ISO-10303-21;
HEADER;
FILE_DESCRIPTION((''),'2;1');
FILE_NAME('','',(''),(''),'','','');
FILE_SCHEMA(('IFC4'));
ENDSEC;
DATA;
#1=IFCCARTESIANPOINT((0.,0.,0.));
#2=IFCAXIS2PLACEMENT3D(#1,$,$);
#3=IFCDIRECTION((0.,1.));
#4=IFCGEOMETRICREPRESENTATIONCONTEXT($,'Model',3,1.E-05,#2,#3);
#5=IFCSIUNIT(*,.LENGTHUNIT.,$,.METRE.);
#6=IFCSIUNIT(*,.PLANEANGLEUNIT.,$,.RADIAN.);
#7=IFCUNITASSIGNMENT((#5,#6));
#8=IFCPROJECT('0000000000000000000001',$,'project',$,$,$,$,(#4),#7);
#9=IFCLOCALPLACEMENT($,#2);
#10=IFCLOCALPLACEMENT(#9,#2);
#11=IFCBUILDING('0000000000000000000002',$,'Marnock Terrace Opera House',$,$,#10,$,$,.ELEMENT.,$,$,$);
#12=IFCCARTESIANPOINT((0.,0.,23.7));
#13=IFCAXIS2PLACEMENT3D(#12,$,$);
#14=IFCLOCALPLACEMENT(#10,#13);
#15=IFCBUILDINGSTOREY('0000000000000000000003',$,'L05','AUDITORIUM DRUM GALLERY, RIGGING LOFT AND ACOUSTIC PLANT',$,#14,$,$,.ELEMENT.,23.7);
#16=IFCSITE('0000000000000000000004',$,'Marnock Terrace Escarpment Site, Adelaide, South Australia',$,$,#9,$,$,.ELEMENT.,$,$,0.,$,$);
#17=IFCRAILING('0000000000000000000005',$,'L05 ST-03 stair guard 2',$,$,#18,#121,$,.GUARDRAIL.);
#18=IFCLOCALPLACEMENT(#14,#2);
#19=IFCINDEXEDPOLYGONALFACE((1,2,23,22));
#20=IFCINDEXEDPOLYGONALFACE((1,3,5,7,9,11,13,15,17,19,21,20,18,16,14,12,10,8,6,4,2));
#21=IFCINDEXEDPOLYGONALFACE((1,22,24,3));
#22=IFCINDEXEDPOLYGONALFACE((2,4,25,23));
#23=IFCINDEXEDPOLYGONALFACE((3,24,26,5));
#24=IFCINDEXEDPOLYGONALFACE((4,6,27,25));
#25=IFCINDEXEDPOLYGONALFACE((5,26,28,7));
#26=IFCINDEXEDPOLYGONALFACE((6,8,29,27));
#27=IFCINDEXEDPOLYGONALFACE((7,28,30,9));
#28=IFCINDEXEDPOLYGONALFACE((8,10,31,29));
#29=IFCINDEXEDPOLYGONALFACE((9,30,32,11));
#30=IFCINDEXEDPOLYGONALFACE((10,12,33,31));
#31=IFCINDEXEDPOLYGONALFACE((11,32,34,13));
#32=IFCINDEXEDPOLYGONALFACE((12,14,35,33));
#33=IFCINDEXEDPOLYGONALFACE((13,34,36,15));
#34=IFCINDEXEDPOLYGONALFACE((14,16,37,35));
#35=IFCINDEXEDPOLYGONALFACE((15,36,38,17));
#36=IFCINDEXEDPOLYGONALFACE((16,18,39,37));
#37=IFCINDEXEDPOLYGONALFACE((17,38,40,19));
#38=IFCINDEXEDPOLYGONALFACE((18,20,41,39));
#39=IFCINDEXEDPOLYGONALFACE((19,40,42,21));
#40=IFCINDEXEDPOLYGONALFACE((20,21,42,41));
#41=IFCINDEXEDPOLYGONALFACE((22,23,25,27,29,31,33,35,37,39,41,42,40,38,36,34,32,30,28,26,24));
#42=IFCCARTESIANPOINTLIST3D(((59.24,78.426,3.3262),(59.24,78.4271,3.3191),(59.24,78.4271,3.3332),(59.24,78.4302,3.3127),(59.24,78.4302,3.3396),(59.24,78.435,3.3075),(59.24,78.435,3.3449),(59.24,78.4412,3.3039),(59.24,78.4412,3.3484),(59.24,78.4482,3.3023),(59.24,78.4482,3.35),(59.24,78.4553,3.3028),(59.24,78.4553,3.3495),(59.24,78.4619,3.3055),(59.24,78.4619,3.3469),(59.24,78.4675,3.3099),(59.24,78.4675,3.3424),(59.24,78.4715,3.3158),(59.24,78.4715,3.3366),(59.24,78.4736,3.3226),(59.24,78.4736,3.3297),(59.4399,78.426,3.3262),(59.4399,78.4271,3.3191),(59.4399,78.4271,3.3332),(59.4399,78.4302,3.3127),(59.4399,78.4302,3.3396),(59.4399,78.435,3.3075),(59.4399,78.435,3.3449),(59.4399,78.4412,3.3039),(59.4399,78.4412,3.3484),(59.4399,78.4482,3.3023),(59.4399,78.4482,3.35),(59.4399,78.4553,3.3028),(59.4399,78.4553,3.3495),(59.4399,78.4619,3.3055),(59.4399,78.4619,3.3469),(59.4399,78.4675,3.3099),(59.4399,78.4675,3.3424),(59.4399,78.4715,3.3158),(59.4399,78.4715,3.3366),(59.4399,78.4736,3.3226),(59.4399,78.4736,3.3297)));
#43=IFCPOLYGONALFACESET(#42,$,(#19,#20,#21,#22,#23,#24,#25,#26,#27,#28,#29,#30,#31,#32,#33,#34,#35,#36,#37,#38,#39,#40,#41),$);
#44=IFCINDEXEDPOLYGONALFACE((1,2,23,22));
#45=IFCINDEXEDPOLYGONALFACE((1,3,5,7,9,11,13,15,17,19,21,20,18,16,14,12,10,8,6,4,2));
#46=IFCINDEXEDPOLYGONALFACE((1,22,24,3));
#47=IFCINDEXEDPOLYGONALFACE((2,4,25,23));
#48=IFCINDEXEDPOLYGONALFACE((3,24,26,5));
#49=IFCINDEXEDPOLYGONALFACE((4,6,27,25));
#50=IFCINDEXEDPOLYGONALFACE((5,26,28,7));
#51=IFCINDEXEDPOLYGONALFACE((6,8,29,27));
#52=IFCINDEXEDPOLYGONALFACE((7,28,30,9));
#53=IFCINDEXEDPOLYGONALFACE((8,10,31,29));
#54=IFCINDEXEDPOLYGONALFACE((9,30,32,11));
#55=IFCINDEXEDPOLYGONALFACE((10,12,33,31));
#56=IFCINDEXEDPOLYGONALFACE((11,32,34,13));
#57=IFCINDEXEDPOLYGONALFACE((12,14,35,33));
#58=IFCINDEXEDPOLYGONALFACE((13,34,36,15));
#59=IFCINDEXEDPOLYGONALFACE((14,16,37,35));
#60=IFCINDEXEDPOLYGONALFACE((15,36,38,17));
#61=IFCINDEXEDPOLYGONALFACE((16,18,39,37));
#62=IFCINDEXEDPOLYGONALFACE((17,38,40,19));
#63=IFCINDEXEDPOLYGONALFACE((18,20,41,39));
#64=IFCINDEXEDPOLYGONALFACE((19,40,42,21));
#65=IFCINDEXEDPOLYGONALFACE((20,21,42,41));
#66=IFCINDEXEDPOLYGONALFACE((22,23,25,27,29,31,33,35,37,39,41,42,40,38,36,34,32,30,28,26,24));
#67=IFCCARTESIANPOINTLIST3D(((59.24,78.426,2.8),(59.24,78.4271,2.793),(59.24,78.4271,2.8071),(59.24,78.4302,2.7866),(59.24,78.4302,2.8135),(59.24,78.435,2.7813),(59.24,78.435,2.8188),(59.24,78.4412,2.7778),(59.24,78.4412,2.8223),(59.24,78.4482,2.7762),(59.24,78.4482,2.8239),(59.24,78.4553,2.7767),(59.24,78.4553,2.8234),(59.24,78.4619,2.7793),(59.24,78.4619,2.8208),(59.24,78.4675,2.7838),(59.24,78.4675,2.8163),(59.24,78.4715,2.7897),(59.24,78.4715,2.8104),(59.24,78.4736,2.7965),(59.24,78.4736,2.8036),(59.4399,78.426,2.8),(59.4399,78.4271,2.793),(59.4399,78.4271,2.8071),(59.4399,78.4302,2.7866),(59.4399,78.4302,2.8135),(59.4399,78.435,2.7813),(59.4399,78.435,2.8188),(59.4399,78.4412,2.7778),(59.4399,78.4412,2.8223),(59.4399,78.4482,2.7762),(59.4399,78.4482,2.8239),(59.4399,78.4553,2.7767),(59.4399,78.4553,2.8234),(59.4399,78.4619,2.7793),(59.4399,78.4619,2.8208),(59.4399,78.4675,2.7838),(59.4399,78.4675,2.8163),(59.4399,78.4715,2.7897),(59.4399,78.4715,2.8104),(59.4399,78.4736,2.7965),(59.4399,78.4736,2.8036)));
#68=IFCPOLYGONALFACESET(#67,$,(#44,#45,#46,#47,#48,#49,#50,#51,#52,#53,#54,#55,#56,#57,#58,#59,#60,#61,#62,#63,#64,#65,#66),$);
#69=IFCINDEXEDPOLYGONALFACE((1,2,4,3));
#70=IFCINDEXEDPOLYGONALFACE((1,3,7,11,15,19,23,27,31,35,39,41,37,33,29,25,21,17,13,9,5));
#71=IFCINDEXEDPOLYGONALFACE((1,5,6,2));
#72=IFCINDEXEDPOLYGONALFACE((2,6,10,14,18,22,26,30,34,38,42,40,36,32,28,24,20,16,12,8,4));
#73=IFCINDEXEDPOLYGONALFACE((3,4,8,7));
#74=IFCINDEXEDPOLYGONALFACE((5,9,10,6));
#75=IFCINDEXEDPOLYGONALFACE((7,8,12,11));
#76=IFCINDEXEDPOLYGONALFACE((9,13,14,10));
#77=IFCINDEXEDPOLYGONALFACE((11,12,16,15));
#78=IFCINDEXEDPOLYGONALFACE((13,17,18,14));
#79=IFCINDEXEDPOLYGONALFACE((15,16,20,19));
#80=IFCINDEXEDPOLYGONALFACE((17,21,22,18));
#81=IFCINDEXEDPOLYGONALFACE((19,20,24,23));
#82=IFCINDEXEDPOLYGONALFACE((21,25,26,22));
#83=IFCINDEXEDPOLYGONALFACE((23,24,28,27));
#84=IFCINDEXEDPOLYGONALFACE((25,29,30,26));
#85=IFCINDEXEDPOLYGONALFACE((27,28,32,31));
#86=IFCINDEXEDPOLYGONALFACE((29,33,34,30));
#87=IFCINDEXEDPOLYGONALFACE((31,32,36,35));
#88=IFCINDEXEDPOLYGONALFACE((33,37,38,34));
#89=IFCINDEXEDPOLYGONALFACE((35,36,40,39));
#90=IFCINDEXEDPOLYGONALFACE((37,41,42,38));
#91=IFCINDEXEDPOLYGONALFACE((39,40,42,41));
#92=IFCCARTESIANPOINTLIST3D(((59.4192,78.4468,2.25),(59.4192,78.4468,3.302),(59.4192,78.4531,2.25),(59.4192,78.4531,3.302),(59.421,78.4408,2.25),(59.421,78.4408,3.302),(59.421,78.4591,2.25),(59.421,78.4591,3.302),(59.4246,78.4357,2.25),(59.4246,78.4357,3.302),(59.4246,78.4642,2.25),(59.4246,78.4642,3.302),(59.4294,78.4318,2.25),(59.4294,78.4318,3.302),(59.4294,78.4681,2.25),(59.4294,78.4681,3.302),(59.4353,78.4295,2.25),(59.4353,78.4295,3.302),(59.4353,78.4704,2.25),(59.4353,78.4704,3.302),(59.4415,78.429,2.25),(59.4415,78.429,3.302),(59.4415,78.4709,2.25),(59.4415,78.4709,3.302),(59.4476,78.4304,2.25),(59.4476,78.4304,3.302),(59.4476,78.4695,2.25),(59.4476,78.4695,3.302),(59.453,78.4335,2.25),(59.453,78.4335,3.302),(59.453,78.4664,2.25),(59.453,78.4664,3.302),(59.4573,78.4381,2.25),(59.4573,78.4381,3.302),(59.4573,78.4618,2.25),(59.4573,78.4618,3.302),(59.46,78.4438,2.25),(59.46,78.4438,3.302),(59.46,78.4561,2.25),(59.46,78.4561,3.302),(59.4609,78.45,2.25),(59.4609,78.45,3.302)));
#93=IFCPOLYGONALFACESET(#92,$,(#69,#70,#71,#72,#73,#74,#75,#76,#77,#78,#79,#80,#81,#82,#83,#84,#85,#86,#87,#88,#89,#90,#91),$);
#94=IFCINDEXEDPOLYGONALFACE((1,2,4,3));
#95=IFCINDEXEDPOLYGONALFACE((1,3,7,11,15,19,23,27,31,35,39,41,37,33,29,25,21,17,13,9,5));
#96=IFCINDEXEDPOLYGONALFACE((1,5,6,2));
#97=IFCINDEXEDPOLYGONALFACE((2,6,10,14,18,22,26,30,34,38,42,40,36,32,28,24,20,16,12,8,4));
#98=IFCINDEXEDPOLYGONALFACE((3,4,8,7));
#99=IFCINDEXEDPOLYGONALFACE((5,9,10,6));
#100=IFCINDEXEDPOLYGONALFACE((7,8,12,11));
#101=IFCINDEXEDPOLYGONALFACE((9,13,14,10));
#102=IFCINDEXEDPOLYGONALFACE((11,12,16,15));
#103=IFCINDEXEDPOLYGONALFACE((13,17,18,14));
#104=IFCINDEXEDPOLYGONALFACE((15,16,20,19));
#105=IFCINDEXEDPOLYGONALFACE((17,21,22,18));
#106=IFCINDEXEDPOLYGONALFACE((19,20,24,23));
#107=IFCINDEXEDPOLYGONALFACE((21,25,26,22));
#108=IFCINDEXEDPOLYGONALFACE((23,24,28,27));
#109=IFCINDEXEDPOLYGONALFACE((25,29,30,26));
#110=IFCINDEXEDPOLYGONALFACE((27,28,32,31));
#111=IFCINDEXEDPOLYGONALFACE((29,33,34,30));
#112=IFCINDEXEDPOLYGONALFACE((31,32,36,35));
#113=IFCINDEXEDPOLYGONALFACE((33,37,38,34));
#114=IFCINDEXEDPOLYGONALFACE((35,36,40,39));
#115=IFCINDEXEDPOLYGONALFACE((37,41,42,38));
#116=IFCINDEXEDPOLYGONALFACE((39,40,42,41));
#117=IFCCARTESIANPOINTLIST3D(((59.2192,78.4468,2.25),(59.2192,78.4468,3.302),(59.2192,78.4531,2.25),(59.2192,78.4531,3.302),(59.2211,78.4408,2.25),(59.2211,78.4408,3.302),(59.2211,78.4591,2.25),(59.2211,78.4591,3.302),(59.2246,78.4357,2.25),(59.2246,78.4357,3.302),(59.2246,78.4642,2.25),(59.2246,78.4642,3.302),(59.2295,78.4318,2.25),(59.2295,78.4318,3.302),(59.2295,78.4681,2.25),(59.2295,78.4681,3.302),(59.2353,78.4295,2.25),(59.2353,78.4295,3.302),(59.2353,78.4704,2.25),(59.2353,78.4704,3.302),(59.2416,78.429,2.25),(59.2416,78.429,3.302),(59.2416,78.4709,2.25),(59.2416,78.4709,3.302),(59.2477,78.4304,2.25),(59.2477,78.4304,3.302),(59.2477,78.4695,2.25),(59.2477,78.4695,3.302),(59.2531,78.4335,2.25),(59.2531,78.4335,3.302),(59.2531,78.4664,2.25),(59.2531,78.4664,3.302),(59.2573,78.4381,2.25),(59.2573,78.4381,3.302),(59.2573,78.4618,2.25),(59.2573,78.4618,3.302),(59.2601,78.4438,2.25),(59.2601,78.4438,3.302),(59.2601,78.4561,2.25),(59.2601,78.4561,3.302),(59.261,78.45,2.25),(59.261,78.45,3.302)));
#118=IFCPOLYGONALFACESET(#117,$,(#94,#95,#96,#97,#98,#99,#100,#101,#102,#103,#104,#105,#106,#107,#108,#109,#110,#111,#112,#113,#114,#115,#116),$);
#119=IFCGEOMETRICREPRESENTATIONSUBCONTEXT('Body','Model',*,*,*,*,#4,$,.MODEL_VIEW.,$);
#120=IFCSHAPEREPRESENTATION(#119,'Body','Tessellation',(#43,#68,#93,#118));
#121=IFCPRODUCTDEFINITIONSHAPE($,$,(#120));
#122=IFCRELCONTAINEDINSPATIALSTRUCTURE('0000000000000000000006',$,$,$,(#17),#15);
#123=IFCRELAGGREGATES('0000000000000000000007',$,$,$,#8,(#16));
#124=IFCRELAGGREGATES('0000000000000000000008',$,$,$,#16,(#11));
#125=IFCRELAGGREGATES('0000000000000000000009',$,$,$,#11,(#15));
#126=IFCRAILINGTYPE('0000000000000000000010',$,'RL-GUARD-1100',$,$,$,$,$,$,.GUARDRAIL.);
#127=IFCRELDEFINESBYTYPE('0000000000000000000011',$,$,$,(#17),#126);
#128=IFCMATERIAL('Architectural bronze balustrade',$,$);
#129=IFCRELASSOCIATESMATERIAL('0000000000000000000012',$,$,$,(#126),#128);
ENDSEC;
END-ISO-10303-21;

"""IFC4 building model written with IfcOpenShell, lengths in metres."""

from ifc_helpers import new_model, si_unit, direction, frame, origin, origin_2d, place, context, subcontext, project, spatial, circle, extrude, material, type_object, element, save


model = new_model("IFC4")

# Units and contexts
model_context = context("Model", 3, precision=1e-05, world=origin(), true_north=direction((0.0, 1.0)))
body_context = subcontext(model_context, "Body", "Model", "MODEL_VIEW")
ifc_project = project(units=[si_unit("LENGTHUNIT", "METRE"), si_unit("PLANEANGLEUNIT", "RADIAN")], contexts=[model_context])

# Site, building, storey
site_placement = place(None, origin())
site = spatial("IfcSite", under=ifc_project, at=site_placement, Name="Marnock Terrace Escarpment Site, Adelaide, South Australia", CompositionType="ELEMENT", RefElevation=0.0)
building_placement = place(site_placement, origin())
building = spatial("IfcBuilding", under=site, at=building_placement, Name="Marnock Terrace Opera House", CompositionType="ELEMENT")
storey_placement = place(building_placement, frame((0.0, 0.0, 23.7)))
storey = spatial("IfcBuildingStorey", under=building, at=storey_placement, Name="L05", Description="AUDITORIUM DRUM GALLERY, RIGGING LOFT AND ACOUSTIC PLANT", CompositionType="ELEMENT", Elevation=23.7)

# Railing
ifc_material_1 = material(Name="Architectural bronze balustrade")
railing_type_1 = type_object("IfcRailingType", Name="RL-GUARD-1100", PredefinedType="GUARDRAIL", material=ifc_material_1)
railing_1_placement = place(storey_placement, frame((59.4399, 78.45, 2.25)))
element("IfcRailing", 1, at=railing_1_placement, inside=storey, type_object=railing_type_1, Name="L05 ST-03 stair guard 2", PredefinedType="GUARDRAIL", context=body_context, shape_type="SweptSolid", body=[
    extrude(circle(Radius=0.0239, at=origin_2d()), frame((0.0, 0.0, 1.0762), z_axis=(-1.0, 0.0, 0.0), x_axis=(0.0, -1.0, 0.0)), (0.0, 0.0, 1.0), 0.2),
    extrude(circle(Radius=0.0239, at=origin_2d()), frame((0.0, 0.0, 0.55), z_axis=(-1.0, 0.0, 0.0), x_axis=(0.0, -1.0, 0.0)), (0.0, 0.0, 1.0), 0.2),
    extrude(circle(Radius=0.021, at=origin_2d()), origin(), (0.0, 0.0, 1.0), 1.052),
    extrude(circle(Radius=0.021, at=origin_2d()), frame((-0.2, 0.0, 0.0)), (0.0, 0.0, 1.0), 1.052),
])

save(model, "model.ifc")
